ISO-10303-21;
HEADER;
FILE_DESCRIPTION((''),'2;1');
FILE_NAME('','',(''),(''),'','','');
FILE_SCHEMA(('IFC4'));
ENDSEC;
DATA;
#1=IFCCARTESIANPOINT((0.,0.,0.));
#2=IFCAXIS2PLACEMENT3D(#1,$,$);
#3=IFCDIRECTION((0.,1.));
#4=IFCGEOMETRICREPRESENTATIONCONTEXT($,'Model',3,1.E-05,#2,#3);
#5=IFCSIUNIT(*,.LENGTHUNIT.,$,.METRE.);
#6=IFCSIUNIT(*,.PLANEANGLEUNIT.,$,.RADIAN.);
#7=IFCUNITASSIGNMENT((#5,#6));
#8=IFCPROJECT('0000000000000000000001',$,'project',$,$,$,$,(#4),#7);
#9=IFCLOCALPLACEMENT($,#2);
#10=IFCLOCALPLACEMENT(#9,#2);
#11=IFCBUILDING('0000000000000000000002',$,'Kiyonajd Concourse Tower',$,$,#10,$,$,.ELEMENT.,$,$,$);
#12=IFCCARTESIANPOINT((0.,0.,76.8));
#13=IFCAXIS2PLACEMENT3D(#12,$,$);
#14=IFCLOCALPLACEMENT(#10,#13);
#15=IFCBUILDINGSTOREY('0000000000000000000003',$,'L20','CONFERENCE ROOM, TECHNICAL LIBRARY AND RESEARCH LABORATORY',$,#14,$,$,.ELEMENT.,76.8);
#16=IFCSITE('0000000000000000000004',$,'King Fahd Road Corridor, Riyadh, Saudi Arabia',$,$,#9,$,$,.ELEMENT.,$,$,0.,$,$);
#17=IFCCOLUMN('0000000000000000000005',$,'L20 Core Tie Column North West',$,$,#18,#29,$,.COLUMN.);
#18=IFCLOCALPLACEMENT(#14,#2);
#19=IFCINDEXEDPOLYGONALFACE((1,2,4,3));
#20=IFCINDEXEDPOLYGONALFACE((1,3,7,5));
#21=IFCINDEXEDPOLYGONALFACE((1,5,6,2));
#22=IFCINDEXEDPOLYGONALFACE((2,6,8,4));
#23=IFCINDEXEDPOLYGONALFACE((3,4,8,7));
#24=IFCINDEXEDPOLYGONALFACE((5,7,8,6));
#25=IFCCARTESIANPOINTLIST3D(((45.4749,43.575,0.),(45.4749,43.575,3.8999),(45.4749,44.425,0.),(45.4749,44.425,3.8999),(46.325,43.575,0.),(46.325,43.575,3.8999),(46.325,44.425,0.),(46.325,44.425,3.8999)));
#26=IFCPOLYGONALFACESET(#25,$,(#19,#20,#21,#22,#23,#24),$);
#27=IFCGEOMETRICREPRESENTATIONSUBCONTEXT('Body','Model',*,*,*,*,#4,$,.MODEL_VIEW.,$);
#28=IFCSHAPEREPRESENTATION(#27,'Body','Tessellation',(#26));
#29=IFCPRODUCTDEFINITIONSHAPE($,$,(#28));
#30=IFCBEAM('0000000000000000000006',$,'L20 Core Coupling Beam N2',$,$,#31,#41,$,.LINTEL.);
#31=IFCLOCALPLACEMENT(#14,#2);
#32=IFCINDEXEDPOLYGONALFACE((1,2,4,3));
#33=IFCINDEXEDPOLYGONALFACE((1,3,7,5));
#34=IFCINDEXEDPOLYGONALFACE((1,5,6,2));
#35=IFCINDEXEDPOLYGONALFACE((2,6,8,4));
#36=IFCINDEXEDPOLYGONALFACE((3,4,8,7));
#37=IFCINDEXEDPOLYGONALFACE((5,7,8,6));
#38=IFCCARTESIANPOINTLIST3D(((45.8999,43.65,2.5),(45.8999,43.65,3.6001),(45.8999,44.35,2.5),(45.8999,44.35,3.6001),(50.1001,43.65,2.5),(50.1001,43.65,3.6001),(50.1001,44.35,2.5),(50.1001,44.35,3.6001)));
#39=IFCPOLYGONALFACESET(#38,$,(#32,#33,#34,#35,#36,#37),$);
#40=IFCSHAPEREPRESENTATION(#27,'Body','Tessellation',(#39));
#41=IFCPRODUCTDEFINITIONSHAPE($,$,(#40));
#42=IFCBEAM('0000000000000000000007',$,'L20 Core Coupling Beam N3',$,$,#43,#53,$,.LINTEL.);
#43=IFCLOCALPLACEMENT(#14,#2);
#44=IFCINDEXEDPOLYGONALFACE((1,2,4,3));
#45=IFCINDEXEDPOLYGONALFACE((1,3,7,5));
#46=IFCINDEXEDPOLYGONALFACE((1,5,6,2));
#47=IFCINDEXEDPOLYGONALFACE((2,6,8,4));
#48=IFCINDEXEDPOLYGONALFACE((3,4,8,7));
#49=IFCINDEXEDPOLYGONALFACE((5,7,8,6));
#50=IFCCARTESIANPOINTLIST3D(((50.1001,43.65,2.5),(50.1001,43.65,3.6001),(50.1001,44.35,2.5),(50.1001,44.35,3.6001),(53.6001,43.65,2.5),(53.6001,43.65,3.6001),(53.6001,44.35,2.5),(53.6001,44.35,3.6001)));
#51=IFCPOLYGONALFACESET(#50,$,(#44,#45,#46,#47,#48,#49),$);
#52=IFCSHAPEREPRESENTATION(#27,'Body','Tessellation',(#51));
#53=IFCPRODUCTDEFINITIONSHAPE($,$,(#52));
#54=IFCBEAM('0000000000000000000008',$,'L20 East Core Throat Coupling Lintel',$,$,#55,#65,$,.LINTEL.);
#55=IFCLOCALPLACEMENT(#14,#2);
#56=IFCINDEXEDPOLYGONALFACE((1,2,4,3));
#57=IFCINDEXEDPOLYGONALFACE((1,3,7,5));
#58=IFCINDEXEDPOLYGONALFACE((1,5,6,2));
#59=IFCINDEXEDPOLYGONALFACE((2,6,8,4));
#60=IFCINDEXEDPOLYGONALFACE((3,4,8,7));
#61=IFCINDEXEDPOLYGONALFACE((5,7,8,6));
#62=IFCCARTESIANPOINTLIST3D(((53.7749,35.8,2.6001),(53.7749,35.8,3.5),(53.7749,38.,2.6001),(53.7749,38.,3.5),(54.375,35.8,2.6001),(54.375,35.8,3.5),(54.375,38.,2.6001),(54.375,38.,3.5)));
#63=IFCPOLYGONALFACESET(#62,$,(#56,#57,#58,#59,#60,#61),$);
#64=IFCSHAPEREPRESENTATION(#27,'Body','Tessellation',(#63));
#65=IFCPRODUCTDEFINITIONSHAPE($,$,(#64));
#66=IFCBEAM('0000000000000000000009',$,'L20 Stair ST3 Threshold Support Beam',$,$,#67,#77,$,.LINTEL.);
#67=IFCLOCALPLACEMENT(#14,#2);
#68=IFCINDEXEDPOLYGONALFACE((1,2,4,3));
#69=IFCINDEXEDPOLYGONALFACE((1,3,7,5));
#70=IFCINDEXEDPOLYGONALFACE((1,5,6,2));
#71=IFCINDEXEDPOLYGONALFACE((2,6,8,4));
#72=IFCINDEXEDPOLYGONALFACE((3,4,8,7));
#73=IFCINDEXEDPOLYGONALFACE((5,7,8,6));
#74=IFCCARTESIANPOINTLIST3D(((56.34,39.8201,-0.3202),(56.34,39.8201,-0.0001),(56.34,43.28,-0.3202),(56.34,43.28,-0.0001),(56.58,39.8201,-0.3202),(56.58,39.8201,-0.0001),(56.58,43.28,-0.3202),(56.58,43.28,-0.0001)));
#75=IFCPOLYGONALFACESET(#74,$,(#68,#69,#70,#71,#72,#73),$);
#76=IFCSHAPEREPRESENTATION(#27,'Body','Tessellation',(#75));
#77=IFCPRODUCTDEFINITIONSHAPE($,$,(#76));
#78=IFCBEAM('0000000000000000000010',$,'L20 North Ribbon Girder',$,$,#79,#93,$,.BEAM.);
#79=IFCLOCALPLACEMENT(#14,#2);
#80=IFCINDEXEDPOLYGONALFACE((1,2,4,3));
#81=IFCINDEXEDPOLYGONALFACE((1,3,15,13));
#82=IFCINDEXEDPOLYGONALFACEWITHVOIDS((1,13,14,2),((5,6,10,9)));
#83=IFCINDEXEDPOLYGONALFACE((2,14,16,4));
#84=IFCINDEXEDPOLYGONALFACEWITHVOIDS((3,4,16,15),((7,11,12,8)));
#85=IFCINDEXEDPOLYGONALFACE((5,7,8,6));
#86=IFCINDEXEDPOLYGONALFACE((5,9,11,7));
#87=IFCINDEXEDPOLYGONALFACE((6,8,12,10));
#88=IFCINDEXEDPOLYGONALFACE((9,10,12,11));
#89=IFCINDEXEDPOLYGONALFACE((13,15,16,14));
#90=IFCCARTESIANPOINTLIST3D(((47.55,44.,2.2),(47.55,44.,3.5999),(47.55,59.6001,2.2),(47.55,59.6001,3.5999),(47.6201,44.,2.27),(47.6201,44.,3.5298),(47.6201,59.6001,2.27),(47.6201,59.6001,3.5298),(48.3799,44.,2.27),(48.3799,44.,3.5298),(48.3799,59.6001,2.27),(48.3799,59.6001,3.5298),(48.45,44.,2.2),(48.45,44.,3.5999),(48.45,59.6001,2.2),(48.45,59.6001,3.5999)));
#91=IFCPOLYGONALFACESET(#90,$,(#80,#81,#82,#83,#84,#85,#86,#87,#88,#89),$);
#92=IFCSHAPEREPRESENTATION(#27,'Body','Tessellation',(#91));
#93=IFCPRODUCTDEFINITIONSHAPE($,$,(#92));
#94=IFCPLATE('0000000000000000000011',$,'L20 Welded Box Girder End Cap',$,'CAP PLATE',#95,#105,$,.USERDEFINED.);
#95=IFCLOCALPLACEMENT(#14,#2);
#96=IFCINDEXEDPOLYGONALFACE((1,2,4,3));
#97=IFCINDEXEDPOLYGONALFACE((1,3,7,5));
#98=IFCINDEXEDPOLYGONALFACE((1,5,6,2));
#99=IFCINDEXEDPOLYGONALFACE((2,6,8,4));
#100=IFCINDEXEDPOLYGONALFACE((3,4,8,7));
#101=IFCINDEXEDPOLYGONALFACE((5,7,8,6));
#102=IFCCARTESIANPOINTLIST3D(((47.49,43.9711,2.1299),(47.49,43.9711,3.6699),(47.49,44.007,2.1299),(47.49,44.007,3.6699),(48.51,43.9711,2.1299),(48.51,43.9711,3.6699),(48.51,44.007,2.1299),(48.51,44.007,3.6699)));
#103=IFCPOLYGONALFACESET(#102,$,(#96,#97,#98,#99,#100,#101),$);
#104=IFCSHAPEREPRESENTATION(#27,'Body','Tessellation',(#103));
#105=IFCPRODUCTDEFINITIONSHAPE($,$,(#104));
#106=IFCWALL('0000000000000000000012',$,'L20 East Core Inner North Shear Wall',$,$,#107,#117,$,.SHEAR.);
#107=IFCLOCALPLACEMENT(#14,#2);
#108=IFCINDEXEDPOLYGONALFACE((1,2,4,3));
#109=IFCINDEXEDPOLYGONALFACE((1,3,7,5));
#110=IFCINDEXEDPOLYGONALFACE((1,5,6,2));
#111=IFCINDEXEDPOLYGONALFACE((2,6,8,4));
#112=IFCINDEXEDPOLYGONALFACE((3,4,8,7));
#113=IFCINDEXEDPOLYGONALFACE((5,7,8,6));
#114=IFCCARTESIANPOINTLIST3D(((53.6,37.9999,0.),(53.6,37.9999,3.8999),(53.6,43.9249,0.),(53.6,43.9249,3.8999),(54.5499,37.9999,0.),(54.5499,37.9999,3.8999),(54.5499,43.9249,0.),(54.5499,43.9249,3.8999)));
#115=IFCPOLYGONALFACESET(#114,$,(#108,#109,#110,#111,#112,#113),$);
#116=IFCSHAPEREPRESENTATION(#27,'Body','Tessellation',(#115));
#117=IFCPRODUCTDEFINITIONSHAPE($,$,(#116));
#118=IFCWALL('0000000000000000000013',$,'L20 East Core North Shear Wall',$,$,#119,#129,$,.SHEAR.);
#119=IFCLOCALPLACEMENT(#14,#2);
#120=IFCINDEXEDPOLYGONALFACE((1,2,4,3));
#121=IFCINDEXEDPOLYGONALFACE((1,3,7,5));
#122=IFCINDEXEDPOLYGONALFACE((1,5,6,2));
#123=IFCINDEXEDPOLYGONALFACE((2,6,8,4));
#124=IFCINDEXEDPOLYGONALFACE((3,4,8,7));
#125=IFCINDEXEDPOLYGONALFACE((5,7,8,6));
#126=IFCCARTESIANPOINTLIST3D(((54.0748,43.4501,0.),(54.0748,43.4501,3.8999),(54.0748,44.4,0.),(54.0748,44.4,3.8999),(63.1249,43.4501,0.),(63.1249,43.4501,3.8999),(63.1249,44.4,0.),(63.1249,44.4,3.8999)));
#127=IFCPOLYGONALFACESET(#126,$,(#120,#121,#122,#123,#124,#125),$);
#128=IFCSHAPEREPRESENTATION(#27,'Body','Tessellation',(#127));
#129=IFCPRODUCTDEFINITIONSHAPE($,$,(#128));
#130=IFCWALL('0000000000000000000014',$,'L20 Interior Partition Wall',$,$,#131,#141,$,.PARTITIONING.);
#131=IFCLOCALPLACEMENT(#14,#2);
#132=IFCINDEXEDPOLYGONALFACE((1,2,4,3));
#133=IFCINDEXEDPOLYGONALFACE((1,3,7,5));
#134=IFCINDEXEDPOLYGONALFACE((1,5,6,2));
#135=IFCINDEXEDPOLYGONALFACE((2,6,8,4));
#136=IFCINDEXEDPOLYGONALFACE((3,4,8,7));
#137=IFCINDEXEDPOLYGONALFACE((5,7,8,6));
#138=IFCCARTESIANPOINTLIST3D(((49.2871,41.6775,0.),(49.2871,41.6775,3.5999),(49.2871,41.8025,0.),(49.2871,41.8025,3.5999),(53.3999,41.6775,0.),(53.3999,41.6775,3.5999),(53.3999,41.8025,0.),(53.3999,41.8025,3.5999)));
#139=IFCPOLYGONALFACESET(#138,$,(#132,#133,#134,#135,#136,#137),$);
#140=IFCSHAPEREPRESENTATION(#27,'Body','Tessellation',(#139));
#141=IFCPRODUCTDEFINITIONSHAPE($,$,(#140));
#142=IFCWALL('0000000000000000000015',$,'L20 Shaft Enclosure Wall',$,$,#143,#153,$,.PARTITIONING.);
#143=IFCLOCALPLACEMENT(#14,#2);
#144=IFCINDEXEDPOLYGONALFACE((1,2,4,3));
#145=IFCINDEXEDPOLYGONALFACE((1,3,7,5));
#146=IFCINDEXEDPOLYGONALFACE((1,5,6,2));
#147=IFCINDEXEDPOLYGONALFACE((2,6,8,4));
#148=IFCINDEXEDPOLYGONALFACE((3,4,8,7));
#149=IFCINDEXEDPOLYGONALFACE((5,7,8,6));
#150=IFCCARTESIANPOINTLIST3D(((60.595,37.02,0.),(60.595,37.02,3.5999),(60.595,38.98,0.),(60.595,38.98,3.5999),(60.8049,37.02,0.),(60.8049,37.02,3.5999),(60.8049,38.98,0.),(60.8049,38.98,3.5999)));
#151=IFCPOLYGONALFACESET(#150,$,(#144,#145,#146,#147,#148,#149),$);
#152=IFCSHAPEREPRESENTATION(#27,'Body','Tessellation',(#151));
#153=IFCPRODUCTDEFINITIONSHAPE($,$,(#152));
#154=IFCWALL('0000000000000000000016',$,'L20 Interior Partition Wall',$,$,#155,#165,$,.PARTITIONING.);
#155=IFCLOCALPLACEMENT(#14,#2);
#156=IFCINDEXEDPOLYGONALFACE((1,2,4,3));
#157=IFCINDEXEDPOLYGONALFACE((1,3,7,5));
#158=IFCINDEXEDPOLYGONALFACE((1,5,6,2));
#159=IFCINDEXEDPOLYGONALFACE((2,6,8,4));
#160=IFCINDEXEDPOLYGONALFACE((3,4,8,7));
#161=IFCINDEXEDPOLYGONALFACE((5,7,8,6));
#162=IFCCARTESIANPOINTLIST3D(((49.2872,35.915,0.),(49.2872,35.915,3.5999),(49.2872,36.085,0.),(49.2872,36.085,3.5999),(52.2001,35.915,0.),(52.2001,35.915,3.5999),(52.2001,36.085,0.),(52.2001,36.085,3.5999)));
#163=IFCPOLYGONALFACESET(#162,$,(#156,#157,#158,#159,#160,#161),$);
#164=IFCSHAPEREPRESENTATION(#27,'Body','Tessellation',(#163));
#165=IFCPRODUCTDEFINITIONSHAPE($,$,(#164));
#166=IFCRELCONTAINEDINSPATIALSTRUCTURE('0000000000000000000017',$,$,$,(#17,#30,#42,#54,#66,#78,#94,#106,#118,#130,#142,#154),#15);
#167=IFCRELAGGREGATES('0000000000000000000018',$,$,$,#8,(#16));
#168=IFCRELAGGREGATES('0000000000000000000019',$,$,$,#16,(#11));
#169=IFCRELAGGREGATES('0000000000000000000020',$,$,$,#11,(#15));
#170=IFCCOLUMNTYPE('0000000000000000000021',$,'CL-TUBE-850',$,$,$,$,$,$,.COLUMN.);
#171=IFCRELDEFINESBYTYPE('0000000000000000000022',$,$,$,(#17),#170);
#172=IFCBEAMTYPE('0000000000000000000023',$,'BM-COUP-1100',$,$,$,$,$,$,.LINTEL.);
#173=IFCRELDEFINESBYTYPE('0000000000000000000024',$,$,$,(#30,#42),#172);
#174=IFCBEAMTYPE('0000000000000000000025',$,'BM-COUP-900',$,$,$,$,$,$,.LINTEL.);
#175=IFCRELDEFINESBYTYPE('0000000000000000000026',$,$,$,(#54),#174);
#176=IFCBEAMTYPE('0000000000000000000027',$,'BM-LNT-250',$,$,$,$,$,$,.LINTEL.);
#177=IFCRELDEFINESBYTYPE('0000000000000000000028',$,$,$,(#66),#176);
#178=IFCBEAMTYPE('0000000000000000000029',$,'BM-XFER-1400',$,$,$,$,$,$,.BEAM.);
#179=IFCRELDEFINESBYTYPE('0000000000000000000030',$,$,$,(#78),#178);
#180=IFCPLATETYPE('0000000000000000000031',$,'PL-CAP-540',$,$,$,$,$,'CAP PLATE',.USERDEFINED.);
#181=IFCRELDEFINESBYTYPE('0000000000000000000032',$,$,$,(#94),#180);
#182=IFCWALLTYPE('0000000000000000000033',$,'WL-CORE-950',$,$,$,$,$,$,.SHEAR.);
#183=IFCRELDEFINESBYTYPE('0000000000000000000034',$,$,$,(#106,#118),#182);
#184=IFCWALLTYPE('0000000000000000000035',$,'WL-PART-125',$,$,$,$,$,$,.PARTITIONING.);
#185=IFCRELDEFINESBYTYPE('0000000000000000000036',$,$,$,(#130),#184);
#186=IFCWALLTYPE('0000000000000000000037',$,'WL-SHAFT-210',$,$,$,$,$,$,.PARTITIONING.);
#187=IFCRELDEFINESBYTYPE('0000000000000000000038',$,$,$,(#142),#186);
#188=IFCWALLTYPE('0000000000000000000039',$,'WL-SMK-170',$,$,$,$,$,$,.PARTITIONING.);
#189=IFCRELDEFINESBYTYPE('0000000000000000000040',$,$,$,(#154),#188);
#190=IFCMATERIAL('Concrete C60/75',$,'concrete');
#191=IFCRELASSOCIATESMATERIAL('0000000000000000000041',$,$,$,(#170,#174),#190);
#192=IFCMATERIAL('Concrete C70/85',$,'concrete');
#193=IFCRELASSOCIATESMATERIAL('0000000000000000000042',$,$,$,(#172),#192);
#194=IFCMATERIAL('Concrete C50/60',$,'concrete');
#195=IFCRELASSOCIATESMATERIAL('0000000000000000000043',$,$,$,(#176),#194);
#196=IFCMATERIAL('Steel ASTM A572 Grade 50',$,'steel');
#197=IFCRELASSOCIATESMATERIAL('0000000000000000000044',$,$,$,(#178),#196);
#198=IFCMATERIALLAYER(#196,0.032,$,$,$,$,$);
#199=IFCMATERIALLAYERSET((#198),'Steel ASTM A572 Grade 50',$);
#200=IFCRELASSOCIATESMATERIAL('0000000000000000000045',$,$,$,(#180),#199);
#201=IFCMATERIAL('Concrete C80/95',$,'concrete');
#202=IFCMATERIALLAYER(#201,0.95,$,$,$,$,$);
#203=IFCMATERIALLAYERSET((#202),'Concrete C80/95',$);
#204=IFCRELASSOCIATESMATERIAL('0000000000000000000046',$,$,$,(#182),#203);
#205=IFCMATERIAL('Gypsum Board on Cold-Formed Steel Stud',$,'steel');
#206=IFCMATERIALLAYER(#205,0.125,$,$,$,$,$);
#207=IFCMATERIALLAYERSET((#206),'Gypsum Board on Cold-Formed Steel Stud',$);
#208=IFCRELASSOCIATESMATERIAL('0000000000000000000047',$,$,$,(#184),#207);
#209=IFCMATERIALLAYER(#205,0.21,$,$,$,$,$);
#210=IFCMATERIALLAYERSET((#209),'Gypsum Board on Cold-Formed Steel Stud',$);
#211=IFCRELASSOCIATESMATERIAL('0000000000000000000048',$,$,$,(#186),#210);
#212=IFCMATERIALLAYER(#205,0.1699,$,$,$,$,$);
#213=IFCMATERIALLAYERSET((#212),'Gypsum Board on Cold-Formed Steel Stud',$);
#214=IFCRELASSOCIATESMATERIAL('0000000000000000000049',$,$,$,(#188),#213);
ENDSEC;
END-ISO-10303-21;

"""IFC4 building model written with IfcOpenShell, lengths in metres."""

from ifc_helpers import new_model, si_unit, direction, frame, frame_2d, origin, origin_2d, place, context, subcontext, project, spatial, rectangle, hollow_rectangle, extrude, material, layer, layer_set, material_profile, profile_set, type_object, element, save


model = new_model("IFC4")

# Units and contexts
model_context = context("Model", 3, precision=1e-05, world=origin(), true_north=direction((0.0, 1.0)))
body_context = subcontext(model_context, "Body", "Model", "MODEL_VIEW")
ifc_project = project(units=[si_unit("LENGTHUNIT", "METRE"), si_unit("PLANEANGLEUNIT", "RADIAN")], contexts=[model_context])

# Site, building, storey
site_placement = place(None, origin())
site = spatial("IfcSite", under=ifc_project, at=site_placement, Name="King Fahd Road Corridor, Riyadh, Saudi Arabia", CompositionType="ELEMENT", RefElevation=0.0)
building_placement = place(site_placement, origin())
building = spatial("IfcBuilding", under=site, at=building_placement, Name="Kiyonajd Concourse Tower", CompositionType="ELEMENT")
storey_placement = place(building_placement, frame((0.0, 0.0, 76.8)))
storey = spatial("IfcBuildingStorey", under=building, at=storey_placement, Name="L20", Description="CONFERENCE ROOM, TECHNICAL LIBRARY AND RESEARCH LABORATORY", CompositionType="ELEMENT", Elevation=76.8)

# Column
ifc_material_1 = material(Name="Concrete C60/75", Category="concrete")
ifc_material_profile_1 = material_profile(ifc_material_1, rectangle(XDim=0.8501, YDim=0.8501, at=origin_2d()), Name="RC-850x850")
ifc_profile_set_1 = profile_set([ifc_material_profile_1], Name="Concrete C60/75")
column_type = type_object("IfcColumnType", Name="CL-TUBE-850", PredefinedType="COLUMN", material=ifc_profile_set_1)
column_placement = place(storey_placement, frame((45.8999, 44.0, 0.0), z_axis=(0.0, 0.0, 1.0), x_axis=(1.0, 0.0, 0.0)))
element("IfcColumn", 1, at=column_placement, inside=storey, type_object=column_type, Name="L20 Core Tie Column North West", PredefinedType="COLUMN", context=body_context, shape_type="SweptSolid", body=[
    extrude(rectangle(XDim=0.8501, YDim=0.8501, at=origin_2d()), origin(), (0.0, 0.0, 1.0), 3.8999),
])

# Beams
ifc_material_2 = material(Name="Concrete C70/85", Category="concrete")
ifc_material_profile_2 = material_profile(ifc_material_2, rectangle(XDim=0.7, YDim=1.1001, at=origin_2d()), Name="RCBM-700x1100")
ifc_profile_set_2 = profile_set([ifc_material_profile_2], Name="Concrete C70/85")
beam_type_1 = type_object("IfcBeamType", Name="BM-COUP-1100", PredefinedType="LINTEL", material=ifc_profile_set_2)
beam_1_placement = place(storey_placement, frame((45.8999, 44.0, 3.05), z_axis=(1.0, 0.0, 0.0), x_axis=(0.0, 1.0, 0.0)))
element("IfcBeam", 2, at=beam_1_placement, inside=storey, type_object=beam_type_1, Name="L20 Core Coupling Beam N2", PredefinedType="LINTEL", context=body_context, shape_type="SweptSolid", body=[
    extrude(rectangle(XDim=0.7, YDim=1.1001, at=origin_2d()), origin(), (0.0, 0.0, 1.0), 4.2002),
])
beam_2_placement = place(storey_placement, frame((50.1001, 44.0, 3.05), z_axis=(1.0, 0.0, 0.0), x_axis=(0.0, 1.0, 0.0)))
element("IfcBeam", 3, at=beam_2_placement, inside=storey, type_object=beam_type_1, Name="L20 Core Coupling Beam N3", PredefinedType="LINTEL", context=body_context, shape_type="SweptSolid", body=[
    extrude(rectangle(XDim=0.7, YDim=1.1001, at=origin_2d()), origin(), (0.0, 0.0, 1.0), 3.5),
])
ifc_material_profile_3 = material_profile(ifc_material_1, rectangle(XDim=0.6001, YDim=0.8999, at=origin_2d()), Name="RCBM-600x900")
ifc_profile_set_3 = profile_set([ifc_material_profile_3], Name="Concrete C60/75")
beam_type_2 = type_object("IfcBeamType", Name="BM-COUP-900", PredefinedType="LINTEL", material=ifc_profile_set_3)
beam_3_placement = place(storey_placement, frame((54.075, 35.8, 3.05), z_axis=(0.0, 1.0, 0.0), x_axis=(-1.0, 0.0, 0.0)))
element("IfcBeam", 4, at=beam_3_placement, inside=storey, type_object=beam_type_2, Name="L20 East Core Throat Coupling Lintel", PredefinedType="LINTEL", context=body_context, shape_type="SweptSolid", body=[
    extrude(rectangle(XDim=0.6001, YDim=0.8999, at=origin_2d()), origin(), (0.0, 0.0, 1.0), 2.2),
])
ifc_material_3 = material(Name="Concrete C50/60", Category="concrete")
ifc_material_profile_4 = material_profile(ifc_material_3, rectangle(XDim=0.24, YDim=0.3201, at=origin_2d()), Name="RCBM-240x320")
ifc_profile_set_4 = profile_set([ifc_material_profile_4], Name="Concrete C50/60")
beam_type_3 = type_object("IfcBeamType", Name="BM-LNT-250", PredefinedType="LINTEL", material=ifc_profile_set_4)
beam_4_placement = place(storey_placement, frame((56.46, 39.8201, -0.1602), z_axis=(0.0, 1.0, 0.0), x_axis=(-1.0, 0.0, 0.0)))
element("IfcBeam", 5, at=beam_4_placement, inside=storey, type_object=beam_type_3, Name="L20 Stair ST3 Threshold Support Beam", PredefinedType="LINTEL", context=body_context, shape_type="SweptSolid", body=[
    extrude(rectangle(XDim=0.24, YDim=0.3201, at=origin_2d()), origin(), (0.0, 0.0, 1.0), 3.46),
])
ifc_material_4 = material(Name="Steel ASTM A572 Grade 50", Category="steel")
ifc_material_profile_5 = material_profile(ifc_material_4, hollow_rectangle(XDim=0.8999, YDim=1.3999, WallThickness=0.0701, at=origin_2d()), Name="BOX-1400x900x70")
ifc_profile_set_5 = profile_set([ifc_material_profile_5], Name="Steel ASTM A572 Grade 50")
beam_type_4 = type_object("IfcBeamType", Name="BM-XFER-1400", PredefinedType="BEAM", material=ifc_profile_set_5)
beam_5_placement = place(storey_placement, frame((48.0, 44.0, 2.8999), z_axis=(0.0, 1.0, 0.0), x_axis=(-1.0, 0.0, 0.0)))
element("IfcBeam", 6, at=beam_5_placement, inside=storey, type_object=beam_type_4, Name="L20 North Ribbon Girder", PredefinedType="BEAM", context=body_context, shape_type="SweptSolid", body=[
    extrude(hollow_rectangle(XDim=0.8999, YDim=1.3999, WallThickness=0.0701, at=origin_2d()), origin(), (0.0, 0.0, 1.0), 15.6001),
])

# Plate
ifc_layer_1 = layer(ifc_material_4, 0.032)
ifc_layer_set_1 = layer_set([ifc_layer_1], Name="Steel ASTM A572 Grade 50")
plate_type = type_object("IfcPlateType", Name="PL-CAP-540", ElementType="CAP PLATE", PredefinedType="USERDEFINED", material=ifc_layer_set_1)
plate_placement = place(storey_placement, frame((48.0, 43.989, 2.1299), z_axis=(0.0, 0.0, 1.0), x_axis=(0.0, -1.0, 0.0)))
element("IfcPlate", 7, at=plate_placement, inside=storey, type_object=plate_type, Name="L20 Welded Box Girder End Cap", ObjectType="CAP PLATE", PredefinedType="USERDEFINED", context=body_context, shape_type="SweptSolid", body=[
    extrude(rectangle(XDim=0.0359, YDim=1.02, at=origin_2d()), origin(), (0.0, 0.0, 1.0), 1.54),
])

# Walls
ifc_material_5 = material(Name="Concrete C80/95", Category="concrete")
ifc_layer_2 = layer(ifc_material_5, 0.95)
ifc_layer_set_2 = layer_set([ifc_layer_2], Name="Concrete C80/95")
wall_type_1 = type_object("IfcWallType", Name="WL-CORE-950", PredefinedType="SHEAR", material=ifc_layer_set_2)
wall_1_placement = place(storey_placement, frame((54.075, 38.0, 0.0), z_axis=(0.0, 0.0, 1.0), x_axis=(0.0, 1.0, 0.0)))
element("IfcWall", 8, at=wall_1_placement, inside=storey, type_object=wall_type_1, Name="L20 East Core Inner North Shear Wall", PredefinedType="SHEAR", context=body_context, shape_type="SweptSolid", body=[
    extrude(rectangle(XDim=5.925, YDim=0.95, at=frame_2d((2.9624, 0.0))), origin(), (0.0, 0.0, 1.0), 3.8999),
])
wall_2_placement = place(storey_placement, frame((54.075, 43.925, 0.0), z_axis=(0.0, 0.0, 1.0), x_axis=(1.0, 0.0, 0.0)))
element("IfcWall", 9, at=wall_2_placement, inside=storey, type_object=wall_type_1, Name="L20 East Core North Shear Wall", PredefinedType="SHEAR", context=body_context, shape_type="SweptSolid", body=[
    extrude(rectangle(XDim=9.05, YDim=0.95, at=frame_2d((4.5249, 0.0))), origin(), (0.0, 0.0, 1.0), 3.8999),
])
ifc_material_6 = material(Name="Gypsum Board on Cold-Formed Steel Stud", Category="steel")
ifc_layer_3 = layer(ifc_material_6, 0.125)
ifc_layer_set_3 = layer_set([ifc_layer_3], Name="Gypsum Board on Cold-Formed Steel Stud")
wall_type_2 = type_object("IfcWallType", Name="WL-PART-125", PredefinedType="PARTITIONING", material=ifc_layer_set_3)
wall_3_placement = place(storey_placement, frame((49.2871, 41.74, 0.0), z_axis=(0.0, 0.0, 1.0), x_axis=(1.0, 0.0, 0.0)))
element("IfcWall", 10, at=wall_3_placement, inside=storey, type_object=wall_type_2, Name="L20 Interior Partition Wall", PredefinedType="PARTITIONING", context=body_context, shape_type="SweptSolid", body=[
    extrude(rectangle(XDim=4.1128, YDim=0.125, at=frame_2d((2.0564, 0.0))), origin(), (0.0, 0.0, 1.0), 3.5999),
])
ifc_layer_4 = layer(ifc_material_6, 0.21)
ifc_layer_set_4 = layer_set([ifc_layer_4], Name="Gypsum Board on Cold-Formed Steel Stud")
wall_type_3 = type_object("IfcWallType", Name="WL-SHAFT-210", PredefinedType="PARTITIONING", material=ifc_layer_set_4)
wall_4_placement = place(storey_placement, frame((60.7, 37.02, 0.0), z_axis=(0.0, 0.0, 1.0), x_axis=(0.0, 1.0, 0.0)))
element("IfcWall", 11, at=wall_4_placement, inside=storey, type_object=wall_type_3, Name="L20 Shaft Enclosure Wall", PredefinedType="PARTITIONING", context=body_context, shape_type="SweptSolid", body=[
    extrude(rectangle(XDim=1.96, YDim=0.21, at=frame_2d((0.98, 0.0))), origin(), (0.0, 0.0, 1.0), 3.5999),
])
ifc_layer_5 = layer(ifc_material_6, 0.1699)
ifc_layer_set_5 = layer_set([ifc_layer_5], Name="Gypsum Board on Cold-Formed Steel Stud")
wall_type_4 = type_object("IfcWallType", Name="WL-SMK-170", PredefinedType="PARTITIONING", material=ifc_layer_set_5)
wall_5_placement = place(storey_placement, frame((49.2871, 36.0, 0.0), z_axis=(0.0, 0.0, 1.0), x_axis=(1.0, 0.0, 0.0)))
element("IfcWall", 12, at=wall_5_placement, inside=storey, type_object=wall_type_4, Name="L20 Interior Partition Wall", PredefinedType="PARTITIONING", context=body_context, shape_type="SweptSolid", body=[
    extrude(rectangle(XDim=2.9128, YDim=0.1699, at=frame_2d((1.4565, 0.0))), origin(), (0.0, 0.0, 1.0), 3.5999),
])

save(model, "model.ifc")
